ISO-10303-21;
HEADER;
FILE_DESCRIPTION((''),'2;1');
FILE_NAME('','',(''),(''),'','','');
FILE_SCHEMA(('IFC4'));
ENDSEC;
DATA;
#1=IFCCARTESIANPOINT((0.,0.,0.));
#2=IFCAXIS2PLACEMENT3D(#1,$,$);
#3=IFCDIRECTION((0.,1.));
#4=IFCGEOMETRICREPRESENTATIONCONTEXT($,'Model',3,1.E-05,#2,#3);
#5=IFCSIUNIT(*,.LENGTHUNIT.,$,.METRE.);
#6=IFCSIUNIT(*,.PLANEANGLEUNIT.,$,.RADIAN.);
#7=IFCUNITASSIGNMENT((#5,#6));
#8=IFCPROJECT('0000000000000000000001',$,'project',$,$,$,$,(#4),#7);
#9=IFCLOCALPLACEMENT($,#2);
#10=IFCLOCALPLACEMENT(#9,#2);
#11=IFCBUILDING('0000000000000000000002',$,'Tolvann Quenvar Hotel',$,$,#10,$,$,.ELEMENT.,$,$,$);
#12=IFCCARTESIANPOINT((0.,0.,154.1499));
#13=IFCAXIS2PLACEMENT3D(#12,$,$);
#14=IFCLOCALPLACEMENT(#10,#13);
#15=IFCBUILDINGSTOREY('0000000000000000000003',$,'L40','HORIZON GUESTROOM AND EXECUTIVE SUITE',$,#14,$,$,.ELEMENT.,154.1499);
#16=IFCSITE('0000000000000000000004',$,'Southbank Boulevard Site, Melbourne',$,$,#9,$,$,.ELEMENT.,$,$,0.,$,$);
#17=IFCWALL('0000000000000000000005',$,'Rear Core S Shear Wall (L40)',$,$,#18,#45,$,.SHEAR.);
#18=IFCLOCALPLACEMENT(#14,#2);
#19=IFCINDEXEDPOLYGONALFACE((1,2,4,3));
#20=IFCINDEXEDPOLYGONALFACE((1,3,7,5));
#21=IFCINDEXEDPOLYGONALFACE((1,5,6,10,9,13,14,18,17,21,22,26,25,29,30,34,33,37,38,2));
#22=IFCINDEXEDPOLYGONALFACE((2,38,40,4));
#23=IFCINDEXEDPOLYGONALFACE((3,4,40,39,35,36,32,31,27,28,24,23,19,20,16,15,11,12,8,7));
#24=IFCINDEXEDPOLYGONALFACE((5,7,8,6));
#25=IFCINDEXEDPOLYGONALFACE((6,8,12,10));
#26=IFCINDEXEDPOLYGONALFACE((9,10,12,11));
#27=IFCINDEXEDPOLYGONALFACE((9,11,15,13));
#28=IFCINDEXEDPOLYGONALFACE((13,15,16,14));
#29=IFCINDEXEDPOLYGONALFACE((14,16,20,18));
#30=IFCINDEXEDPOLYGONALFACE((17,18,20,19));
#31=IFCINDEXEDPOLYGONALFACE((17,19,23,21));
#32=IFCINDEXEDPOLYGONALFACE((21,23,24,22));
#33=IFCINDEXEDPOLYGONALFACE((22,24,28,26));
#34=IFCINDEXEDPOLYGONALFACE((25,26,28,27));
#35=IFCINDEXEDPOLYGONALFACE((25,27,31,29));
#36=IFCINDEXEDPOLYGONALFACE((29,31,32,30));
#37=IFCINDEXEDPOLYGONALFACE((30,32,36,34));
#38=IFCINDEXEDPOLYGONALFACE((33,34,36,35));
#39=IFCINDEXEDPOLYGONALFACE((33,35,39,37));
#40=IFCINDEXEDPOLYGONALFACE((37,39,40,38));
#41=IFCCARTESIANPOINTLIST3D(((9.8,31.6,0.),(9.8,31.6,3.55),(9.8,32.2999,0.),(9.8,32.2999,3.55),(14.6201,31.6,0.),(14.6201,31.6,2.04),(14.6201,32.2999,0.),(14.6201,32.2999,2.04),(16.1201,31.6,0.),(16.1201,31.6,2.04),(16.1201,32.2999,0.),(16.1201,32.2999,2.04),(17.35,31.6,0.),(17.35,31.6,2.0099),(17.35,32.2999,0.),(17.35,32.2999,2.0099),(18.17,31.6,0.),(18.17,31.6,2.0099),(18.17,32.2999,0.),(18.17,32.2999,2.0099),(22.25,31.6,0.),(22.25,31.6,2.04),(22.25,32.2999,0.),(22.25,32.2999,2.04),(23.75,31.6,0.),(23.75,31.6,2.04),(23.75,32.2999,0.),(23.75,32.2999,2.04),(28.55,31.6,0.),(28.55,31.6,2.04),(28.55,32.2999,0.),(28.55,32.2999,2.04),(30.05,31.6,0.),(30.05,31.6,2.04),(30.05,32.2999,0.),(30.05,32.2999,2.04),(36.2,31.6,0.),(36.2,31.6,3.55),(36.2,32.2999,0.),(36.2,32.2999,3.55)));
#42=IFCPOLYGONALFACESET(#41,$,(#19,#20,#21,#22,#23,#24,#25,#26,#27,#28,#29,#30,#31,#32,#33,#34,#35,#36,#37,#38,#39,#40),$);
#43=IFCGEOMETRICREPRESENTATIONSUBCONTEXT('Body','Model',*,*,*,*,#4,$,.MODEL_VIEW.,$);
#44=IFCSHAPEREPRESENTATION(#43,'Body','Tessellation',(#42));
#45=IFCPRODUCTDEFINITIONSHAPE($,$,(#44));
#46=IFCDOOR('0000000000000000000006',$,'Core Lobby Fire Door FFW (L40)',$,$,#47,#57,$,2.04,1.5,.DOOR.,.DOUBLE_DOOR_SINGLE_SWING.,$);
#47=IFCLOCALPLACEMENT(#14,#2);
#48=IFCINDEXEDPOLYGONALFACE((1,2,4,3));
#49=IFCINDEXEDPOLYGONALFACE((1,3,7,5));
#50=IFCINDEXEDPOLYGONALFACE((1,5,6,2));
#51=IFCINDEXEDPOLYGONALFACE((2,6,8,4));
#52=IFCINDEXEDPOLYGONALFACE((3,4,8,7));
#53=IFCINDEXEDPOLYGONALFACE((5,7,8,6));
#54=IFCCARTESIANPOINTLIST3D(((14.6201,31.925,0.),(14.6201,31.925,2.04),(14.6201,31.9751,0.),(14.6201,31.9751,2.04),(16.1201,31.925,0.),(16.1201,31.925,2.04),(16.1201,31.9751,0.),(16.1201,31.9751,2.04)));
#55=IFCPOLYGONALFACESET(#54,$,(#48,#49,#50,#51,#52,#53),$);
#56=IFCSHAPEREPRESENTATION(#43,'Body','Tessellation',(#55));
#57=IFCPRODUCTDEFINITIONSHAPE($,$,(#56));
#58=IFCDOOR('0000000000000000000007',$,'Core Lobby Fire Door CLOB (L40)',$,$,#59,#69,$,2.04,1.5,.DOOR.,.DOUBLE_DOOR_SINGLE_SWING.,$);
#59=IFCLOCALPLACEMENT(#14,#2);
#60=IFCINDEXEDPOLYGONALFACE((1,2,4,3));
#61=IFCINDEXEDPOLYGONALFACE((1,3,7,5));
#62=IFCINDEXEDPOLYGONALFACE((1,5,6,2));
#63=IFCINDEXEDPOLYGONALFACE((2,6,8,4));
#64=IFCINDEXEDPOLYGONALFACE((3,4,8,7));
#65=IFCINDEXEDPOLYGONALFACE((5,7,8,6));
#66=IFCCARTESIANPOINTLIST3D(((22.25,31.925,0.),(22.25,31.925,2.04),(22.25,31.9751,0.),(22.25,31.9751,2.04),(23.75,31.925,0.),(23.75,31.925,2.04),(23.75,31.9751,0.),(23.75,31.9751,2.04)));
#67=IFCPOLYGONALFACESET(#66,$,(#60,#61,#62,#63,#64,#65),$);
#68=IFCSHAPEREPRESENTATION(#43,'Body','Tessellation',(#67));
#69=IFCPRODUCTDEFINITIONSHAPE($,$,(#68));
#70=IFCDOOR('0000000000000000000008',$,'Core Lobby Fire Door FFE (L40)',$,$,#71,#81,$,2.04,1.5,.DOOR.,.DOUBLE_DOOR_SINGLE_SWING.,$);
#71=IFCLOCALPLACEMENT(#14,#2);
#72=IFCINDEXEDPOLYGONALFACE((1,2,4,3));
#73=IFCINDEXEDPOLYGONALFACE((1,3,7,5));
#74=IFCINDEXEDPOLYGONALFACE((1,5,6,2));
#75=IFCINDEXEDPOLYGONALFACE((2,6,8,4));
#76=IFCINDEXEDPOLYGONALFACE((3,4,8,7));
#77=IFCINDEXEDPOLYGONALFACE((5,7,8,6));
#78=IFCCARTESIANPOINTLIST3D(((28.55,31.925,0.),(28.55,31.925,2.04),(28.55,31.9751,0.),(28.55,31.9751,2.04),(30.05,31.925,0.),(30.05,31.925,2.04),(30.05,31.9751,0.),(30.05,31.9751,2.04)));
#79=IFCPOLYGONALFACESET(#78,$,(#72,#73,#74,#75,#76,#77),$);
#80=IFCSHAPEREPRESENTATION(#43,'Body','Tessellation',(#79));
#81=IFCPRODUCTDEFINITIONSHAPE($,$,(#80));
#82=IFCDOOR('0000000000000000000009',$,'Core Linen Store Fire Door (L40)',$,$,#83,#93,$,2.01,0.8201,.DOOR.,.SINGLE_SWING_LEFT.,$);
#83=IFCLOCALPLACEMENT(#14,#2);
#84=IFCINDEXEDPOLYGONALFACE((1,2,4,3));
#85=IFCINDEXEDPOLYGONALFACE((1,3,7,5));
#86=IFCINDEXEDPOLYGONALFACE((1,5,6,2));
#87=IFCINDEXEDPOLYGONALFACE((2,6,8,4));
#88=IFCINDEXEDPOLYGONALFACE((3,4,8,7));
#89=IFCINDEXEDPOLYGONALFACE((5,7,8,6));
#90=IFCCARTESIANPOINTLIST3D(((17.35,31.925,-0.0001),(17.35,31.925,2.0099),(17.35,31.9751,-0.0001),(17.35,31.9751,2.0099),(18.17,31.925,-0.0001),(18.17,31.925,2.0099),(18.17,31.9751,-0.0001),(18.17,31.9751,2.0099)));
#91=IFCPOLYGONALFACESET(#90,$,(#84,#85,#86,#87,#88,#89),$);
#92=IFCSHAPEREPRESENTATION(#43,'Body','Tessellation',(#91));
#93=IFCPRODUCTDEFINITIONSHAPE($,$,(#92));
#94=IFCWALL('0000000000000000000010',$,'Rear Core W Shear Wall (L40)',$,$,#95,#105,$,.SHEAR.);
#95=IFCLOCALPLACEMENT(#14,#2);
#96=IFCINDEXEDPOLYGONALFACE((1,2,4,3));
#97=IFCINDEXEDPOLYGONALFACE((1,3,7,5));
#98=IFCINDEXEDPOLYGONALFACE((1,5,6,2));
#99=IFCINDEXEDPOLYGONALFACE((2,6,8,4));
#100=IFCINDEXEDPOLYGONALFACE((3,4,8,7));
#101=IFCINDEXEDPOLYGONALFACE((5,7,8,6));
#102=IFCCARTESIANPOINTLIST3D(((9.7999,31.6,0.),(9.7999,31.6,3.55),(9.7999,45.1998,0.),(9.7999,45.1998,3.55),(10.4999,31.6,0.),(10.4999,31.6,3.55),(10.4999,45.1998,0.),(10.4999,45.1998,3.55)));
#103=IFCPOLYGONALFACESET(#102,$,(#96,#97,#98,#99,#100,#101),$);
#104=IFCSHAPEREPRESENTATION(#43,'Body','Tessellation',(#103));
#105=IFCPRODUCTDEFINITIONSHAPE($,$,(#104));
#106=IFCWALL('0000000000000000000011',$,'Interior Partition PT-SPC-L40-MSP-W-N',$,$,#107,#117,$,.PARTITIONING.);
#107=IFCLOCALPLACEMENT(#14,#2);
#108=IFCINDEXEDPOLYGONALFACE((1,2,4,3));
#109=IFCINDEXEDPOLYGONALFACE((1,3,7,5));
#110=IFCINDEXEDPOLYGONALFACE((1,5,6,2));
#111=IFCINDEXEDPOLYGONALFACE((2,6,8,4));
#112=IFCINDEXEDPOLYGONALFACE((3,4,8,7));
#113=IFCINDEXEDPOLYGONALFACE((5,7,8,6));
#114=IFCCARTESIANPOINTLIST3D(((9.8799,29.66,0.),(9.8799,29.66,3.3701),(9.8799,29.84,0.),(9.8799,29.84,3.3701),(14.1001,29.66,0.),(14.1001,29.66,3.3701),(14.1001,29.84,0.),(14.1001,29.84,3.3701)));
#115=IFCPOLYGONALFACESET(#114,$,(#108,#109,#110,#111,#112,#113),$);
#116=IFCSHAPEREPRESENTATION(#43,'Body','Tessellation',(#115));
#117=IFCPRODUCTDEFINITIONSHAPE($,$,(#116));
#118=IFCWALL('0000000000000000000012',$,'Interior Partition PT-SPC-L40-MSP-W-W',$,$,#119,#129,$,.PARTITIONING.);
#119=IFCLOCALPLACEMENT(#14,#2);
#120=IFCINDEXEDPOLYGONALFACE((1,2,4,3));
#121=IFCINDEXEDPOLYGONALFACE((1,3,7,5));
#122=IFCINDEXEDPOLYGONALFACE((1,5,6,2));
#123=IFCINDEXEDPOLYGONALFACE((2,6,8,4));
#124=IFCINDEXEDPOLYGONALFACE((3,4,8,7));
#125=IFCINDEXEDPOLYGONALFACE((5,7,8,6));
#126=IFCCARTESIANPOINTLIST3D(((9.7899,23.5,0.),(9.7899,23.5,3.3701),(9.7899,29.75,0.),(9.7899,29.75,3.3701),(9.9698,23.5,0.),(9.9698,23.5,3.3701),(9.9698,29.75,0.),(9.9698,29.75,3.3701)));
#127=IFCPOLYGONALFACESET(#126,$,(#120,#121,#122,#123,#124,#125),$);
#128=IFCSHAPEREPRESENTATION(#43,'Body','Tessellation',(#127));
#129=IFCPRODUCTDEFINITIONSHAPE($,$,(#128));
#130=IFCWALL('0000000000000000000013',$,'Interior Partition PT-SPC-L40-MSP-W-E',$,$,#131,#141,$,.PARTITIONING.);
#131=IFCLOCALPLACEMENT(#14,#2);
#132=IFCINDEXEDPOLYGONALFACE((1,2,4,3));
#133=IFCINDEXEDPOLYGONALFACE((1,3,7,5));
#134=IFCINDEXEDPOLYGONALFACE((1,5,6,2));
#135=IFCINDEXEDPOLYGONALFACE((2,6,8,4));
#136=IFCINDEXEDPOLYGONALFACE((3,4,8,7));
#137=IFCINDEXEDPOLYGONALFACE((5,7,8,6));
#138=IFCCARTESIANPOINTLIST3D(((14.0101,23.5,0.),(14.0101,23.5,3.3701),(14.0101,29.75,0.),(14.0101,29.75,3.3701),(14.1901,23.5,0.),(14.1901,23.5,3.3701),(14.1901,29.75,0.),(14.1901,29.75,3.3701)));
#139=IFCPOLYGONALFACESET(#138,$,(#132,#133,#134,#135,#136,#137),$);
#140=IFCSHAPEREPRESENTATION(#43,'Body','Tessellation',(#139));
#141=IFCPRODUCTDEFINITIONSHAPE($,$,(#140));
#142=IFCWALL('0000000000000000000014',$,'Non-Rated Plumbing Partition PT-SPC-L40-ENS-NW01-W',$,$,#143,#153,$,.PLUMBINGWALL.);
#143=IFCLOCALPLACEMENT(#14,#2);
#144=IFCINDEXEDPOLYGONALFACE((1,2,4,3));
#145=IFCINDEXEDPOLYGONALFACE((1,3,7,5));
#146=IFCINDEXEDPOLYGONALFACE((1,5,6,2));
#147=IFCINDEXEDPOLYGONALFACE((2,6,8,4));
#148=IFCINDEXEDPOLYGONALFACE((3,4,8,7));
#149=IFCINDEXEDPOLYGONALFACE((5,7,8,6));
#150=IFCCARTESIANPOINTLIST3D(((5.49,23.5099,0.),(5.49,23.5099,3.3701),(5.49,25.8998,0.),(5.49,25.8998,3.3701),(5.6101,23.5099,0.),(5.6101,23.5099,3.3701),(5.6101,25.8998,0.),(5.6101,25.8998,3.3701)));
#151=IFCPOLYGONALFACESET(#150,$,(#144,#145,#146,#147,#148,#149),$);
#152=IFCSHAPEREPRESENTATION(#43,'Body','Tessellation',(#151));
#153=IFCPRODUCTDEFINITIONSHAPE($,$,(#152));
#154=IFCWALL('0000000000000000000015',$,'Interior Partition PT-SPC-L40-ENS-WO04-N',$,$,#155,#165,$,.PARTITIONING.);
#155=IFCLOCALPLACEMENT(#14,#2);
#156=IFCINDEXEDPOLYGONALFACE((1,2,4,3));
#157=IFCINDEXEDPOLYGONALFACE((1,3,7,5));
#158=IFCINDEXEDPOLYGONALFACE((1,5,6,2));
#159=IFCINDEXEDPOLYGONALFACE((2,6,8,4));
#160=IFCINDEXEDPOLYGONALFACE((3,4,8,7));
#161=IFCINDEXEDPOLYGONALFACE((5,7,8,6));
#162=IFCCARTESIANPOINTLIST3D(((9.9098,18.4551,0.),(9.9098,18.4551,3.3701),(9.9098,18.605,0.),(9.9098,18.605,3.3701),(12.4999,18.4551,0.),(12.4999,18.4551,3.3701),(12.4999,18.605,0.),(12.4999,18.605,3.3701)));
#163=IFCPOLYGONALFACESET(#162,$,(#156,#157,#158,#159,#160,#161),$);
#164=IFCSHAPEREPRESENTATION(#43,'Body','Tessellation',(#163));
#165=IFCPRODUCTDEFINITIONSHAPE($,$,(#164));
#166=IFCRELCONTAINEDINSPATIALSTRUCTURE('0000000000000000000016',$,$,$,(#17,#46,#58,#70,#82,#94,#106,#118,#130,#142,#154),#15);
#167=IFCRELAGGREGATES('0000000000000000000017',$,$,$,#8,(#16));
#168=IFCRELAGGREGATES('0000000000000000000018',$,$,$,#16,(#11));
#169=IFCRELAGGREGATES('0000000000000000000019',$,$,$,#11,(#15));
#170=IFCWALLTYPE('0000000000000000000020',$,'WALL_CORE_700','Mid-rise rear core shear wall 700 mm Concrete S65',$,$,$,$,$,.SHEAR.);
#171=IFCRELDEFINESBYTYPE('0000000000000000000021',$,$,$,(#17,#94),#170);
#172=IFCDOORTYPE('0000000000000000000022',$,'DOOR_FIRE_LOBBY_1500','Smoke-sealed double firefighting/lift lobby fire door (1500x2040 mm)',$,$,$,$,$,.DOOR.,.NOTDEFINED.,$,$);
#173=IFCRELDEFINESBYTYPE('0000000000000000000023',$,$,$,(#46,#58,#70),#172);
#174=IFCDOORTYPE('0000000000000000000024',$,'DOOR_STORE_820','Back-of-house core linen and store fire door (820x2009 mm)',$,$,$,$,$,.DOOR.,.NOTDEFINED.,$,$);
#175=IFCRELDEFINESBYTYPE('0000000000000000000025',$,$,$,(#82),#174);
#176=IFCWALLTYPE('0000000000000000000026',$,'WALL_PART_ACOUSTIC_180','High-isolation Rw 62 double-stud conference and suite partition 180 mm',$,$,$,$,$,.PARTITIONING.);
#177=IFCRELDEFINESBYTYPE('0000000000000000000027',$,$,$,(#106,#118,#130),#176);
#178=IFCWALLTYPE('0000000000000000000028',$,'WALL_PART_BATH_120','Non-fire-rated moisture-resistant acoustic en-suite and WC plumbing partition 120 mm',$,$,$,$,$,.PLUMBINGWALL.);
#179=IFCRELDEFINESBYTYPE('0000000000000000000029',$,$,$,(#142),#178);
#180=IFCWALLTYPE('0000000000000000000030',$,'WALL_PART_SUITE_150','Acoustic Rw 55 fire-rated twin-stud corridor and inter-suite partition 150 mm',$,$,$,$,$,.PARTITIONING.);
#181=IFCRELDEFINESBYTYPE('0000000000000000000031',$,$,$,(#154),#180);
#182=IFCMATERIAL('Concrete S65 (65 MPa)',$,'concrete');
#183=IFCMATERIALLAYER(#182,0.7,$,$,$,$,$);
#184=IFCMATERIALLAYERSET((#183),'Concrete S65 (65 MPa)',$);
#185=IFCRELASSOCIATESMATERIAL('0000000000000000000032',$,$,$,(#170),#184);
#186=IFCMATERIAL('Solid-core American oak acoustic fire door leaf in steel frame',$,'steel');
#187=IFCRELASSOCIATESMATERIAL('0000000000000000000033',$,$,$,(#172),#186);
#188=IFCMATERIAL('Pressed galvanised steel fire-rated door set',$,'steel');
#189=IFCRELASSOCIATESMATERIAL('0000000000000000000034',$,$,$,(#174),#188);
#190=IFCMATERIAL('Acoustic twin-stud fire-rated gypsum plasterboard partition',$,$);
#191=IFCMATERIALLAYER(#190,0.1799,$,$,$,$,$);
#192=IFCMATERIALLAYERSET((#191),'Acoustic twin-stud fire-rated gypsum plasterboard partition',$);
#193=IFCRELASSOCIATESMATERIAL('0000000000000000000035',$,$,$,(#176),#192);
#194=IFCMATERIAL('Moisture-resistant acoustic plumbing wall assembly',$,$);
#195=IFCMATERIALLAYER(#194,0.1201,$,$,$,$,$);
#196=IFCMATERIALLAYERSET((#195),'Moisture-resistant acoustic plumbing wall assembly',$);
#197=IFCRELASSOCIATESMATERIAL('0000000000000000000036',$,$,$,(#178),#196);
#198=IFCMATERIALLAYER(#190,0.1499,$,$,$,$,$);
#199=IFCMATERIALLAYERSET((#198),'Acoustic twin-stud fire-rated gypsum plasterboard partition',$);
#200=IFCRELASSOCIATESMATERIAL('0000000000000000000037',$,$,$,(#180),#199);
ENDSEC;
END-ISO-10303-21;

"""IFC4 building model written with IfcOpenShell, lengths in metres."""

from ifc_helpers import new_model, si_unit, direction, frame, frame_2d, origin, place, context, subcontext, project, spatial, rectangle, extrude, source, transform, mapped, material, layer, layer_set, type_object, type_shapes, element, fill, save


model = new_model("IFC4")

# Units and contexts
model_context = context("Model", 3, precision=1e-05, world=origin(), true_north=direction((0.0, 1.0)))
body_context = subcontext(model_context, "Body", "Model", "MODEL_VIEW")
ifc_project = project(units=[si_unit("LENGTHUNIT", "METRE"), si_unit("PLANEANGLEUNIT", "RADIAN")], contexts=[model_context])

# Site, building, storey
site_placement = place(None, origin())
site = spatial("IfcSite", under=ifc_project, at=site_placement, Name="Southbank Boulevard Site, Melbourne", CompositionType="ELEMENT", RefElevation=0.0)
building_placement = place(site_placement, origin())
building = spatial("IfcBuilding", under=site, at=building_placement, Name="Tolvann Quenvar Hotel", CompositionType="ELEMENT")
storey_placement = place(building_placement, frame((0.0, 0.0, 154.1499)))
storey = spatial("IfcBuildingStorey", under=building, at=storey_placement, Name="L40", Description="HORIZON GUESTROOM AND EXECUTIVE SUITE", CompositionType="ELEMENT", Elevation=154.1499)

# Wall, openings, doors
ifc_material_1 = material(Name="Concrete S65 (65 MPa)", Category="concrete")
ifc_layer_1 = layer(ifc_material_1, 0.7)
ifc_layer_set_1 = layer_set([ifc_layer_1], Name="Concrete S65 (65 MPa)")
wall_type_1 = type_object("IfcWallType", Name="WALL_CORE_700", Description="Mid-rise rear core shear wall 700 mm Concrete S65", PredefinedType="SHEAR", material=ifc_layer_set_1)
wall_1_placement = place(storey_placement, frame((9.8, 31.95, 0.0), z_axis=(0.0, 0.0, 1.0), x_axis=(1.0, 0.0, 0.0)))
wall_1 = element("IfcWall", 1, at=wall_1_placement, inside=storey, type_object=wall_type_1, Name="Rear Core S Shear Wall (L40)", PredefinedType="SHEAR", context=body_context, shape_type="SweptSolid", body=[
    extrude(rectangle(XDim=26.3999, YDim=0.7, at=frame_2d((13.2, 0.0))), origin(), (0.0, 0.0, 1.0), 3.55),
])
opening_1_placement = place(wall_1_placement, frame((6.3201, 0.0, 0.0), z_axis=(0.0, 0.0, 1.0), x_axis=(-1.0, 0.0, 0.0)))
opening_1 = element("IfcOpeningElement", 2, at=opening_1_placement, cuts=wall_1, PredefinedType="OPENING", context=body_context, shape_type="SweptSolid", body=[
    extrude(rectangle(XDim=1.5, YDim=2.04, at=frame_2d((0.75, 1.02))), frame((0.0, 0.3599, 0.0), z_axis=(0.0, -1.0, 0.0), x_axis=(1.0, 0.0, 0.0)), (0.0, 0.0, 1.0), 0.72),
])
opening_2_placement = place(wall_1_placement, frame((13.95, 0.0, 0.0), z_axis=(0.0, 0.0, 1.0), x_axis=(-1.0, 0.0, 0.0)))
opening_2 = element("IfcOpeningElement", 3, at=opening_2_placement, cuts=wall_1, PredefinedType="OPENING", context=body_context, shape_type="SweptSolid", body=[
    extrude(rectangle(XDim=1.5, YDim=2.04, at=frame_2d((0.75, 1.02))), frame((0.0, 0.3599, 0.0), z_axis=(0.0, -1.0, 0.0), x_axis=(1.0, 0.0, 0.0)), (0.0, 0.0, 1.0), 0.72),
])
opening_3_placement = place(wall_1_placement, frame((20.25, 0.0, 0.0), z_axis=(0.0, 0.0, 1.0), x_axis=(-1.0, 0.0, 0.0)))
opening_3 = element("IfcOpeningElement", 4, at=opening_3_placement, cuts=wall_1, PredefinedType="OPENING", context=body_context, shape_type="SweptSolid", body=[
    extrude(rectangle(XDim=1.5, YDim=2.04, at=frame_2d((0.75, 1.02))), frame((0.0, 0.3599, 0.0), z_axis=(0.0, -1.0, 0.0), x_axis=(1.0, 0.0, 0.0)), (0.0, 0.0, 1.0), 0.72),
])
opening_4_placement = place(wall_1_placement, frame((8.3701, 0.0, 0.0), z_axis=(0.0, 0.0, 1.0), x_axis=(-1.0, 0.0, 0.0)))
opening_4 = element("IfcOpeningElement", 5, at=opening_4_placement, cuts=wall_1, PredefinedType="OPENING", context=body_context, shape_type="SweptSolid", body=[
    extrude(rectangle(XDim=0.8201, YDim=2.01, at=frame_2d((0.4102, 1.0049))), frame((0.0, 0.3599, 0.0), z_axis=(0.0, -1.0, 0.0), x_axis=(1.0, 0.0, 0.0)), (0.0, 0.0, 1.0), 0.72),
])
ifc_material_2 = material(Name="Solid-core American oak acoustic fire door leaf in steel frame", Category="steel")
door_type_1 = type_object("IfcDoorType", Name="DOOR_FIRE_LOBBY_1500", Description="Smoke-sealed double firefighting/lift lobby fire door (1500x2040 mm)", OperationType="NOTDEFINED", PredefinedType="DOOR", material=ifc_material_2)
shared_shape_1 = source(origin(), body_context, "Body", "SweptSolid", [
    extrude(rectangle(XDim=1.5, YDim=2.04, at=frame_2d((0.75, 1.02))), frame((0.0, 0.0249, 0.0), z_axis=(0.0, -1.0, 0.0), x_axis=(1.0, 0.0, 0.0)), (0.0, 0.0, 1.0), 0.05),
])
type_shapes(door_type_1, [shared_shape_1])
door_1_placement = place(opening_1_placement, origin())
door_1 = element("IfcDoor", 6, at=door_1_placement, inside=storey, type_object=door_type_1, Name="Core Lobby Fire Door FFW (L40)", OperationType="DOUBLE_DOOR_SINGLE_SWING", OverallHeight=2.04, OverallWidth=1.5, PredefinedType="DOOR", context=body_context, shape_type="MappedRepresentation", body=[
    mapped(shared_shape_1, transform((0.0, 0.0, 0.0), x_axis=(1.0, 0.0, 0.0), y_axis=(0.0, 1.0, 0.0), z_axis=(0.0, 0.0, 1.0), scale=1.0)),
])
fill(opening_1, door_1)
door_2_placement = place(opening_2_placement, origin())
door_2 = element("IfcDoor", 7, at=door_2_placement, inside=storey, type_object=door_type_1, Name="Core Lobby Fire Door CLOB (L40)", OperationType="DOUBLE_DOOR_SINGLE_SWING", OverallHeight=2.04, OverallWidth=1.5, PredefinedType="DOOR", context=body_context, shape_type="MappedRepresentation", body=[
    mapped(shared_shape_1, transform((0.0, 0.0, 0.0), x_axis=(1.0, 0.0, 0.0), y_axis=(0.0, 1.0, 0.0), z_axis=(0.0, 0.0, 1.0), scale=1.0)),
])
fill(opening_2, door_2)
door_3_placement = place(opening_3_placement, origin())
door_3 = element("IfcDoor", 8, at=door_3_placement, inside=storey, type_object=door_type_1, Name="Core Lobby Fire Door FFE (L40)", OperationType="DOUBLE_DOOR_SINGLE_SWING", OverallHeight=2.04, OverallWidth=1.5, PredefinedType="DOOR", context=body_context, shape_type="MappedRepresentation", body=[
    mapped(shared_shape_1, transform((0.0, 0.0, 0.0), x_axis=(1.0, 0.0, 0.0), y_axis=(0.0, 1.0, 0.0), z_axis=(0.0, 0.0, 1.0), scale=1.0)),
])
fill(opening_3, door_3)
ifc_material_3 = material(Name="Pressed galvanised steel fire-rated door set", Category="steel")
door_type_2 = type_object("IfcDoorType", Name="DOOR_STORE_820", Description="Back-of-house core linen and store fire door (820x2009 mm)", OperationType="NOTDEFINED", PredefinedType="DOOR", material=ifc_material_3)
shared_shape_2 = source(origin(), body_context, "Body", "SweptSolid", [
    extrude(rectangle(XDim=0.8201, YDim=2.01, at=frame_2d((0.4102, 1.0049))), frame((0.0, 0.0249, 0.0), z_axis=(0.0, -1.0, 0.0), x_axis=(1.0, 0.0, 0.0)), (0.0, 0.0, 1.0), 0.05),
])
type_shapes(door_type_2, [shared_shape_2])
door_4_placement = place(opening_4_placement, origin())
door_4 = element("IfcDoor", 9, at=door_4_placement, inside=storey, type_object=door_type_2, Name="Core Linen Store Fire Door (L40)", OperationType="SINGLE_SWING_LEFT", OverallHeight=2.01, OverallWidth=0.8201, PredefinedType="DOOR", context=body_context, shape_type="MappedRepresentation", body=[
    mapped(shared_shape_2, transform((0.0, 0.0, 0.0), x_axis=(1.0, 0.0, 0.0), y_axis=(0.0, 1.0, 0.0), z_axis=(0.0, 0.0, 1.0), scale=1.0)),
])
fill(opening_4, door_4)

# Wall
wall_2_placement = place(storey_placement, frame((10.1499, 31.6001, 0.0), z_axis=(0.0, 0.0, 1.0), x_axis=(0.0, 1.0, 0.0)))
element("IfcWall", 10, at=wall_2_placement, inside=storey, type_object=wall_type_1, Name="Rear Core W Shear Wall (L40)", PredefinedType="SHEAR", context=body_context, shape_type="SweptSolid", body=[
    extrude(rectangle(XDim=13.5999, YDim=0.7, at=frame_2d((6.7998, 0.0))), origin(), (0.0, 0.0, 1.0), 3.55),
])

# Shared definitions
ifc_material_4 = material(Name="Acoustic twin-stud fire-rated gypsum plasterboard partition")
ifc_layer_2 = layer(ifc_material_4, 0.1799)
ifc_layer_set_2 = layer_set([ifc_layer_2], Name="Acoustic twin-stud fire-rated gypsum plasterboard partition")
wall_type_2 = type_object("IfcWallType", Name="WALL_PART_ACOUSTIC_180", Description="High-isolation Rw 62 double-stud conference and suite partition 180 mm", PredefinedType="PARTITIONING", material=ifc_layer_set_2)

# Walls
wall_3_placement = place(storey_placement, frame((9.8799, 29.75, 0.0), z_axis=(0.0, 0.0, 1.0), x_axis=(1.0, 0.0, 0.0)))
element("IfcWall", 11, at=wall_3_placement, inside=storey, type_object=wall_type_2, Name="Interior Partition PT-SPC-L40-MSP-W-N", PredefinedType="PARTITIONING", context=body_context, shape_type="SweptSolid", body=[
    extrude(rectangle(XDim=4.2202, YDim=0.1799, at=frame_2d((2.1101, 0.0))), origin(), (0.0, 0.0, 1.0), 3.3701),
])
for number, where, z_axis, x_axis, name in (
    (12, (9.8799, 23.5, 0.0), (0.0, 0.0, 1.0), (0.0, 1.0, 0.0), "Interior Partition PT-SPC-L40-MSP-W-W"),
    (13, (14.1001, 23.5, 0.0), (0.0, 0.0, 1.0), (0.0, 1.0, 0.0), "Interior Partition PT-SPC-L40-MSP-W-E"),
):
    element("IfcWall", number, at=place(storey_placement, frame(where, z_axis=z_axis, x_axis=x_axis)), inside=storey, type_object=wall_type_2, Name=name, PredefinedType="PARTITIONING", context=body_context, shape_type="SweptSolid", body=[
        extrude(rectangle(XDim=6.25, YDim=0.1799, at=frame_2d((3.125, 0.0))), origin(), (0.0, 0.0, 1.0), 3.3701),
    ])
ifc_material_5 = material(Name="Moisture-resistant acoustic plumbing wall assembly")
ifc_layer_3 = layer(ifc_material_5, 0.1201)
ifc_layer_set_3 = layer_set([ifc_layer_3], Name="Moisture-resistant acoustic plumbing wall assembly")
wall_type_3 = type_object("IfcWallType", Name="WALL_PART_BATH_120", Description="Non-fire-rated moisture-resistant acoustic en-suite and WC plumbing partition 120 mm", PredefinedType="PLUMBINGWALL", material=ifc_layer_set_3)
wall_4_placement = place(storey_placement, frame((5.55, 23.51, 0.0), z_axis=(0.0, 0.0, 1.0), x_axis=(0.0, 1.0, 0.0)))
element("IfcWall", 14, at=wall_4_placement, inside=storey, type_object=wall_type_3, Name="Non-Rated Plumbing Partition PT-SPC-L40-ENS-NW01-W", PredefinedType="PLUMBINGWALL", context=body_context, shape_type="SweptSolid", body=[
    extrude(rectangle(XDim=2.3899, YDim=0.1201, at=frame_2d((1.1948, 0.0))), origin(), (0.0, 0.0, 1.0), 3.3701),
])
ifc_layer_4 = layer(ifc_material_4, 0.1499)
ifc_layer_set_4 = layer_set([ifc_layer_4], Name="Acoustic twin-stud fire-rated gypsum plasterboard partition")
wall_type_4 = type_object("IfcWallType", Name="WALL_PART_SUITE_150", Description="Acoustic Rw 55 fire-rated twin-stud corridor and inter-suite partition 150 mm", PredefinedType="PARTITIONING", material=ifc_layer_set_4)
wall_5_placement = place(storey_placement, frame((9.9099, 18.53, 0.0), z_axis=(0.0, 0.0, 1.0), x_axis=(1.0, 0.0, 0.0)))
element("IfcWall", 15, at=wall_5_placement, inside=storey, type_object=wall_type_4, Name="Interior Partition PT-SPC-L40-ENS-WO04-N", PredefinedType="PARTITIONING", context=body_context, shape_type="SweptSolid", body=[
    extrude(rectangle(XDim=2.5901, YDim=0.1499, at=frame_2d((1.2949, 0.0))), origin(), (0.0, 0.0, 1.0), 3.3701),
])

save(model, "model.ifc")
